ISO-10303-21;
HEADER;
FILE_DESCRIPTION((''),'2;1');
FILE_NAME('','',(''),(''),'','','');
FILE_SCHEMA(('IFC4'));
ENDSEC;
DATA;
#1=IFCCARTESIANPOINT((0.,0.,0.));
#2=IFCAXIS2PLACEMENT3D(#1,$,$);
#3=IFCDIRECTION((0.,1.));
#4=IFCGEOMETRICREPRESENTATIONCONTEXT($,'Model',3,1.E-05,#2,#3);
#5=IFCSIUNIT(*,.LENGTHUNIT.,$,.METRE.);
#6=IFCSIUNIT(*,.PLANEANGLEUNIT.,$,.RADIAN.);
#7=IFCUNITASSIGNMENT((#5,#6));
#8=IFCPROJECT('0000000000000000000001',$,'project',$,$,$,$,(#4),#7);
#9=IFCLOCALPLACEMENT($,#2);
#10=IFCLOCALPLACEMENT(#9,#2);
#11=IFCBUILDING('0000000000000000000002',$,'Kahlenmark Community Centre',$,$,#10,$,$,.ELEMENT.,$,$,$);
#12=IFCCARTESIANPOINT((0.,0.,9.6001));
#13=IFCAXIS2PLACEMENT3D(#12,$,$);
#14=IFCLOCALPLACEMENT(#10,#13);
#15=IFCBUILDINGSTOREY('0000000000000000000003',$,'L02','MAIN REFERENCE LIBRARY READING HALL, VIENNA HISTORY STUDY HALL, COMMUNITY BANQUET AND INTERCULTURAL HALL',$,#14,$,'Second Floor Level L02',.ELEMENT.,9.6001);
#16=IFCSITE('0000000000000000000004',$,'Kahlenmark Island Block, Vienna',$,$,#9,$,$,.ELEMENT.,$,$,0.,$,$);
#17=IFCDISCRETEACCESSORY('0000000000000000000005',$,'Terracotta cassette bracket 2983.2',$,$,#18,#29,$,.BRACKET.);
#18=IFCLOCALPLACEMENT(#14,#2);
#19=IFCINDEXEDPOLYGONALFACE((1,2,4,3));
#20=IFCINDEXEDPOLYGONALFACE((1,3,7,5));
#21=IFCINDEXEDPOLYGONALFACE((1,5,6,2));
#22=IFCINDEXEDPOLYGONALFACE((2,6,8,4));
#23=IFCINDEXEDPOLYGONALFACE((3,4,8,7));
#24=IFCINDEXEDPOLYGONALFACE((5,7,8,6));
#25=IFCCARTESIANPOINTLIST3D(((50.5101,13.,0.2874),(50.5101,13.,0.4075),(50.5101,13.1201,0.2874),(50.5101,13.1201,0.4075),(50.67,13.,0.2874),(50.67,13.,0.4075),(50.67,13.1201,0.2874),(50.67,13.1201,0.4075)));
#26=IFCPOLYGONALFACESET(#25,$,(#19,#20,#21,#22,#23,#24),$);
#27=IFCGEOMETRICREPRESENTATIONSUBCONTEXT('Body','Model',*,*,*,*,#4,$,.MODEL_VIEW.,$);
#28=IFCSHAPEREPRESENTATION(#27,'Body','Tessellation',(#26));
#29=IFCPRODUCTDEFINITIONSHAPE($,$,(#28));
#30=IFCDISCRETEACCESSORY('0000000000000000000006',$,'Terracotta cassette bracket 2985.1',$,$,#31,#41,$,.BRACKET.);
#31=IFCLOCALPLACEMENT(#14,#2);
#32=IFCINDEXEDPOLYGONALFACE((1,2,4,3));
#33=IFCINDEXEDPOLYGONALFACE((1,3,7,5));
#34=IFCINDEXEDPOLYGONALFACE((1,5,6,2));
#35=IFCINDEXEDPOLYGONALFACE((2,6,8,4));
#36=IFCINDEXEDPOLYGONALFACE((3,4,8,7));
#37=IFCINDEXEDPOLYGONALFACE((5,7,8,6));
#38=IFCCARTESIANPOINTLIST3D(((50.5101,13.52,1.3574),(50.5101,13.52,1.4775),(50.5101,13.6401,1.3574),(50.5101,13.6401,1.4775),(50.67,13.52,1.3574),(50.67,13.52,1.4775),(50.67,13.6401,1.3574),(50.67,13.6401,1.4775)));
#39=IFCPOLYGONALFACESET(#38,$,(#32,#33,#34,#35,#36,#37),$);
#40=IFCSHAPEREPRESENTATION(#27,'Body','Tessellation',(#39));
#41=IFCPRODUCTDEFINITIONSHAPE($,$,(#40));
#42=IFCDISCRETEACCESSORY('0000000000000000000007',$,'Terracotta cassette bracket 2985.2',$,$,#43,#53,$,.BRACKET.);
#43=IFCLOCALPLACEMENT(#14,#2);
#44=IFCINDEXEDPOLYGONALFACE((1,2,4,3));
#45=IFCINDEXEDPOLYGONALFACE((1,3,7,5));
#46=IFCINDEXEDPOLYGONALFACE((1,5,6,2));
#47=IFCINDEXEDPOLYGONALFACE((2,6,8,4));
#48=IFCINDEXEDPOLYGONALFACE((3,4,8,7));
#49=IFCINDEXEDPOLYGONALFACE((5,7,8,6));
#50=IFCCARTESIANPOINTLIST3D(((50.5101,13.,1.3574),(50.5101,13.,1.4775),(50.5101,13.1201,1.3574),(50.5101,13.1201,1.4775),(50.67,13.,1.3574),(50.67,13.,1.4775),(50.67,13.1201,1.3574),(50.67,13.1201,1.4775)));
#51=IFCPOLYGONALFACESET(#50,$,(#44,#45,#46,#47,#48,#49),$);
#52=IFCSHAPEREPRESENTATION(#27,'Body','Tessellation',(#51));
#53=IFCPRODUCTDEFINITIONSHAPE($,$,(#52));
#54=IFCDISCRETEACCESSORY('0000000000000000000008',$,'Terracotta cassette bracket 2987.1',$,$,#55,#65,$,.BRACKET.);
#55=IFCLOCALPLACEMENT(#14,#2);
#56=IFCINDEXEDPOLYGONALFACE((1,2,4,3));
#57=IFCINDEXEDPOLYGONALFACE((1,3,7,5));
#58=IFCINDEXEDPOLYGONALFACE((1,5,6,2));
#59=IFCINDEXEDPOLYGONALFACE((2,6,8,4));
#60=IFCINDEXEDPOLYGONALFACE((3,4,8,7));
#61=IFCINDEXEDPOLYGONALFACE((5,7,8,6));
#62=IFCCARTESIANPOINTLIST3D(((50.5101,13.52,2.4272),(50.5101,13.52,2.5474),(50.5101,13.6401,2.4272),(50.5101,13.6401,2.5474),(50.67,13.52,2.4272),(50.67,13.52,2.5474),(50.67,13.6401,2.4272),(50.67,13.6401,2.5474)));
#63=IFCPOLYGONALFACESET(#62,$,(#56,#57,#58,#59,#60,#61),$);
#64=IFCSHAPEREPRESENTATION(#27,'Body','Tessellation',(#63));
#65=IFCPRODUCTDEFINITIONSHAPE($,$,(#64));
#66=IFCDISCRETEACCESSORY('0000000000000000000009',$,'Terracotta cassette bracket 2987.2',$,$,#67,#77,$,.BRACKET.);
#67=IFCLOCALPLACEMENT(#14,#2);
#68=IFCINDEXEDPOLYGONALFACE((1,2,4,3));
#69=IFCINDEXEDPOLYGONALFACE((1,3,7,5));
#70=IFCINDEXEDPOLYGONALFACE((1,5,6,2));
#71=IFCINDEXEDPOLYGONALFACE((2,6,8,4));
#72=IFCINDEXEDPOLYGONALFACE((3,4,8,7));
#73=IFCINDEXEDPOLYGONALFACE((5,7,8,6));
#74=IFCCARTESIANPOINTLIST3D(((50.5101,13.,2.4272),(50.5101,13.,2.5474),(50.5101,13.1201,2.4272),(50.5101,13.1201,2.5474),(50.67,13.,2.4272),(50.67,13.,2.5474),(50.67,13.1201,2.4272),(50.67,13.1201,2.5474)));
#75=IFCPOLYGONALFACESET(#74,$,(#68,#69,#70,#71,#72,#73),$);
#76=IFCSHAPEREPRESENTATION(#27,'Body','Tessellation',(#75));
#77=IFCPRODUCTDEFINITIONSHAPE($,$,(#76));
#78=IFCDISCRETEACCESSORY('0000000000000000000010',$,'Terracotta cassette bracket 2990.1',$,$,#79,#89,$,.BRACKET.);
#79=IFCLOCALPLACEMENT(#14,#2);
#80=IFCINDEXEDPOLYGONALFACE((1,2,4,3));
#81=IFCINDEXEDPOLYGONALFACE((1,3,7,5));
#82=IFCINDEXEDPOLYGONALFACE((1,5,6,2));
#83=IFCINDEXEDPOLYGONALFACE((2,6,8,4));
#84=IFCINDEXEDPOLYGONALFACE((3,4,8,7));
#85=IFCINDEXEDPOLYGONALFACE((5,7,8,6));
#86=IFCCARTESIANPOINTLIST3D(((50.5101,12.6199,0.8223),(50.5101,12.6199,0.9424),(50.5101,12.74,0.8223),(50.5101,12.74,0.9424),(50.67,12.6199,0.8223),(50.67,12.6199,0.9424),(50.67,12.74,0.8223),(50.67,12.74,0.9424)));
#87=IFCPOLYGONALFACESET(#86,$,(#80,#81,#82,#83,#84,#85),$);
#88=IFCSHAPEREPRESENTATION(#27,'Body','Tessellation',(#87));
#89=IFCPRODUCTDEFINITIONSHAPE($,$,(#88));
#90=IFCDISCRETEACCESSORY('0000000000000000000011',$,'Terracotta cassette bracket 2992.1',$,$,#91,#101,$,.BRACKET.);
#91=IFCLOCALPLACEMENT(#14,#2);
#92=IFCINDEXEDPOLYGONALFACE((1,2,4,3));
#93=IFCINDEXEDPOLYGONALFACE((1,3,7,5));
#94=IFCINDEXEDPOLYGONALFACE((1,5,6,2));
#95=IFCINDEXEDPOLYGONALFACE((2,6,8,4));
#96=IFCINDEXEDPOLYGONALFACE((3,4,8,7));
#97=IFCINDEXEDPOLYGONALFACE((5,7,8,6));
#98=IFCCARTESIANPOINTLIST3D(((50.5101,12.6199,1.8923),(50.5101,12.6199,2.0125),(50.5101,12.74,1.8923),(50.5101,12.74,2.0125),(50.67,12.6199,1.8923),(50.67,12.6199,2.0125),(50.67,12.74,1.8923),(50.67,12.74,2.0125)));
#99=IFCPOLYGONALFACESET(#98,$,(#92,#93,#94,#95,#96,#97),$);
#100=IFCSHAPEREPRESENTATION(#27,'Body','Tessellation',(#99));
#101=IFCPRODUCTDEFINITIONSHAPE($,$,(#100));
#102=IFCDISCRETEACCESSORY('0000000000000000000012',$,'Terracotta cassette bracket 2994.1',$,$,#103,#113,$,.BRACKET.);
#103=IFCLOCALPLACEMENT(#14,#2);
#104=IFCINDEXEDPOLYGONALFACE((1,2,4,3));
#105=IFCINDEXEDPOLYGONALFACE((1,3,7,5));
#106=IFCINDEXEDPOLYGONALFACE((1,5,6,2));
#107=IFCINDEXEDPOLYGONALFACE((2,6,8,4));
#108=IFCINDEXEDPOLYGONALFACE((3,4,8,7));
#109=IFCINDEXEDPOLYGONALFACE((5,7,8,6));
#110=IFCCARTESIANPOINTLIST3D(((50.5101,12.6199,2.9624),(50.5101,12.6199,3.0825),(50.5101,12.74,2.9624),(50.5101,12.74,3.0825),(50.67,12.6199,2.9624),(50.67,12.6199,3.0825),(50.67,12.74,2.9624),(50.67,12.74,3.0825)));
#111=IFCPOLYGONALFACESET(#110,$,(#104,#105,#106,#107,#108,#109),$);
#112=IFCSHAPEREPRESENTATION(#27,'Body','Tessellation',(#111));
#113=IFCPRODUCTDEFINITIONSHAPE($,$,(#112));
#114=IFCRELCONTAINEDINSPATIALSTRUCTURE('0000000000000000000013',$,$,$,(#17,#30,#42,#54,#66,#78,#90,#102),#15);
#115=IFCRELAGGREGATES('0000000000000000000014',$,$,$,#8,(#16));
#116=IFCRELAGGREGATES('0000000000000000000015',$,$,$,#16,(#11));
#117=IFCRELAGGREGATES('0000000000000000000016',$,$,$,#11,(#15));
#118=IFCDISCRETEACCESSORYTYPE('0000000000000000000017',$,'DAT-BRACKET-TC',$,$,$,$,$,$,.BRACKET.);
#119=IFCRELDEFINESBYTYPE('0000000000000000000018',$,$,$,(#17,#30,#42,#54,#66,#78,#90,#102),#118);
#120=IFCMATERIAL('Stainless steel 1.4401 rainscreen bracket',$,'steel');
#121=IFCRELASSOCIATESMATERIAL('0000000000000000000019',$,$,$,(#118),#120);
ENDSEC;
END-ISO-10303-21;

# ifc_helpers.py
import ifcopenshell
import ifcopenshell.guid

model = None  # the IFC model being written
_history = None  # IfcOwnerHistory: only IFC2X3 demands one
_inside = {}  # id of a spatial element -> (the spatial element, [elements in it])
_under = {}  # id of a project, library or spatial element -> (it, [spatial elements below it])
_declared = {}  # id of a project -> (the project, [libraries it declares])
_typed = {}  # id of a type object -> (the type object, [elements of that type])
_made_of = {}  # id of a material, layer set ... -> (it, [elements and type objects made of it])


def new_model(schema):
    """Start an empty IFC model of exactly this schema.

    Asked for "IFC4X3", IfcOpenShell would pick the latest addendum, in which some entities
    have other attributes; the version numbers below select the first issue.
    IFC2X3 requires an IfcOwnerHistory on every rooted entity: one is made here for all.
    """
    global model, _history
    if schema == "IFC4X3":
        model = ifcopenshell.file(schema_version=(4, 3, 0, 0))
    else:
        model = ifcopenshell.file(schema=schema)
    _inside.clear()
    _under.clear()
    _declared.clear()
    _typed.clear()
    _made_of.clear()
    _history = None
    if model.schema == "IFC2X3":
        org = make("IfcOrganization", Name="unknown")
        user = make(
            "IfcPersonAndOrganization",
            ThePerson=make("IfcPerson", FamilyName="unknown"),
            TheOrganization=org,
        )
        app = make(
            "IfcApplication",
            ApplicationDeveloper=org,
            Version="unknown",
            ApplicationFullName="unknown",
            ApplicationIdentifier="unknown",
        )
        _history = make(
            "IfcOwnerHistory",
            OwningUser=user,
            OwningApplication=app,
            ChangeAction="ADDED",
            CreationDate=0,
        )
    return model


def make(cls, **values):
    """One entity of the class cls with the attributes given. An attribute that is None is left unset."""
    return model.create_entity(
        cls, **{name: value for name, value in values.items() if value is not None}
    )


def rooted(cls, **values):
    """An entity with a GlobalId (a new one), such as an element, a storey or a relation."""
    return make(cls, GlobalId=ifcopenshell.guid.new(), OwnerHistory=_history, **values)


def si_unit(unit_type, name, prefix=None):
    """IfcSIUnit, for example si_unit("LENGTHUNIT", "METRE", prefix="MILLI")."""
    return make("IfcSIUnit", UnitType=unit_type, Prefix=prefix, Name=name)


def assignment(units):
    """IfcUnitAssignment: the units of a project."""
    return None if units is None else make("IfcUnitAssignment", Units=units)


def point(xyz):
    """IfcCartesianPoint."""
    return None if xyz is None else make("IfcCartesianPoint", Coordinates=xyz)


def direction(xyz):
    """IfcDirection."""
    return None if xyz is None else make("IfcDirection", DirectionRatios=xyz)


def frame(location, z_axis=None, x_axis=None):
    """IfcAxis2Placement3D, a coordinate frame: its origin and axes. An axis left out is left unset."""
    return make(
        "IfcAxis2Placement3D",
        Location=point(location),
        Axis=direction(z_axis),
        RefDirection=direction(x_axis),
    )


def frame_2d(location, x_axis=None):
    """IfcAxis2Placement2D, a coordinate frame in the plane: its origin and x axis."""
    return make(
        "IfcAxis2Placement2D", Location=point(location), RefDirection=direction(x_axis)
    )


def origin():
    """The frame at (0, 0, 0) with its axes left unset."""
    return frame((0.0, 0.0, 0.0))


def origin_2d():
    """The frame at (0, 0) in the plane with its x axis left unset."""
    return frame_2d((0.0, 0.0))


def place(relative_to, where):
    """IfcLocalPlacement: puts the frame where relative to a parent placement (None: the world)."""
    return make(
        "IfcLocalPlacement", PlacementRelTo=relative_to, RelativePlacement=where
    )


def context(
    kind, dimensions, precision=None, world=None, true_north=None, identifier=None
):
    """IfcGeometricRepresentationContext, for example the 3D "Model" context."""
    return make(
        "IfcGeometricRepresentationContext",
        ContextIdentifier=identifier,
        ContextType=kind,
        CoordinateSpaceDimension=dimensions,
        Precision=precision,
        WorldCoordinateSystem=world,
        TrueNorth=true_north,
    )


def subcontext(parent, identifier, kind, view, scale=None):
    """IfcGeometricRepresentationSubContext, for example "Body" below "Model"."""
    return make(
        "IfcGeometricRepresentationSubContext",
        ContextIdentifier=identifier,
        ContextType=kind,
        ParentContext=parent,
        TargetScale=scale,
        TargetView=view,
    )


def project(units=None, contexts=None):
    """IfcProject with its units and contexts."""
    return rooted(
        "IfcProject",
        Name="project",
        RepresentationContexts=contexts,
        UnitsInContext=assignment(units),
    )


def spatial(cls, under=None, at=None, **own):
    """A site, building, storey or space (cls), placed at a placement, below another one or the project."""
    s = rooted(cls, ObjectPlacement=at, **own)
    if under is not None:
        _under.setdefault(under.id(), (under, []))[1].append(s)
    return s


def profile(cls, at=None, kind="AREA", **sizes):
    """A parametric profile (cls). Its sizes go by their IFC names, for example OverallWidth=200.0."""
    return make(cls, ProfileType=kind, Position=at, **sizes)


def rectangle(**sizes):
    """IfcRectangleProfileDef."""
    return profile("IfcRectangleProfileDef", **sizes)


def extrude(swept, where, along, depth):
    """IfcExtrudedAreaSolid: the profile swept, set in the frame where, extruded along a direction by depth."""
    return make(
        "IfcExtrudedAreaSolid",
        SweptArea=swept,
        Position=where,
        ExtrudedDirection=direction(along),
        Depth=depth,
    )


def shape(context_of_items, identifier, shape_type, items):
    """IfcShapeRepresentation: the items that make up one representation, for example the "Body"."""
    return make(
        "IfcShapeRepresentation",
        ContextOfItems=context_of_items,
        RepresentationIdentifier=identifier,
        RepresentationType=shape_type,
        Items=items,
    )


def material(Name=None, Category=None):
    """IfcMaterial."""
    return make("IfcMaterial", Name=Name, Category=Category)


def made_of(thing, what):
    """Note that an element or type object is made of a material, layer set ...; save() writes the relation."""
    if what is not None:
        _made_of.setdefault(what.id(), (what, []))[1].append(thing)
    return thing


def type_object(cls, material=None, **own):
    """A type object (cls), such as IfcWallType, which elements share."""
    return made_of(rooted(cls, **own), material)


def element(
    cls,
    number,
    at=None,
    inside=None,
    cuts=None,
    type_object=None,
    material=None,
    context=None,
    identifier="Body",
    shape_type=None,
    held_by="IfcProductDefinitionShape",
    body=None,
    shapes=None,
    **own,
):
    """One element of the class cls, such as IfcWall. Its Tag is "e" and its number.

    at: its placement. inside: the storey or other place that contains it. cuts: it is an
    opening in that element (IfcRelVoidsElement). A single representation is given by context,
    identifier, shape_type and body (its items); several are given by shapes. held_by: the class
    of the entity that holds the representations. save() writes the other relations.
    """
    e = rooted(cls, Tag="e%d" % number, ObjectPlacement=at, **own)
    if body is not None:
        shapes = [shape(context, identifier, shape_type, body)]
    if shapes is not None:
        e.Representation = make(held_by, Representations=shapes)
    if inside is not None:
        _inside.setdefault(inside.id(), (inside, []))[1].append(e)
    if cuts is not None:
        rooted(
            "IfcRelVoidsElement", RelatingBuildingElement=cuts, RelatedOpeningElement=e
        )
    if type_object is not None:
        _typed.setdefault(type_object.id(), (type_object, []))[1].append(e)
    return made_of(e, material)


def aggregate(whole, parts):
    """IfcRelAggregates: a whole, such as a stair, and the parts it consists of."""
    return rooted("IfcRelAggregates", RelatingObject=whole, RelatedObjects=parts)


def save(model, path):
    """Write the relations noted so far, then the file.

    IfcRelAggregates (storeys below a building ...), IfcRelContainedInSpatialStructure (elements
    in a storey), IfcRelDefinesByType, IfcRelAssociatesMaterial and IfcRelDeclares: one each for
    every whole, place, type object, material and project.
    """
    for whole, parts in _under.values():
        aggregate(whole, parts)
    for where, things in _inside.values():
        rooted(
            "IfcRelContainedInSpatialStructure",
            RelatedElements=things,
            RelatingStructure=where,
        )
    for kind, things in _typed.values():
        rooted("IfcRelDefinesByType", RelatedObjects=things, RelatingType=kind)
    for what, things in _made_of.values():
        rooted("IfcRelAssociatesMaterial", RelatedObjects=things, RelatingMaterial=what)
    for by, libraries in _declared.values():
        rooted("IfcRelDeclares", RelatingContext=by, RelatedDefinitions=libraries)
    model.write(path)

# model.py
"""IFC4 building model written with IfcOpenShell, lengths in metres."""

from ifc_helpers import new_model, si_unit, direction, frame, origin, origin_2d, place, context, subcontext, project, spatial, rectangle, extrude, material, type_object, element, save


model = new_model("IFC4")

# Units and contexts
model_context = context("Model", 3, precision=1e-05, world=origin(), true_north=direction((0.0, 1.0)))
body_context = subcontext(model_context, "Body", "Model", "MODEL_VIEW")
ifc_project = project(units=[si_unit("LENGTHUNIT", "METRE"), si_unit("PLANEANGLEUNIT", "RADIAN")], contexts=[model_context])

# Site, building, storey
site_placement = place(None, origin())
site = spatial("IfcSite", under=ifc_project, at=site_placement, Name="Kahlenmark Island Block, Vienna", CompositionType="ELEMENT", RefElevation=0.0)
building_placement = place(site_placement, origin())
building = spatial("IfcBuilding", under=site, at=building_placement, Name="Kahlenmark Community Centre", CompositionType="ELEMENT")
storey_placement = place(building_placement, frame((0.0, 0.0, 9.6001)))
storey = spatial("IfcBuildingStorey", under=building, at=storey_placement, Name="L02", Description="MAIN REFERENCE LIBRARY READING HALL, VIENNA HISTORY STUDY HALL, COMMUNITY BANQUET AND INTERCULTURAL HALL", LongName="Second Floor Level L02", CompositionType="ELEMENT", Elevation=9.6001)

# Discrete accessories
ifc_material_1 = material(Name="Stainless steel 1.4401 rainscreen bracket", Category="steel")
discrete_accessory_type = type_object("IfcDiscreteAccessoryType", Name="DAT-BRACKET-TC", PredefinedType="BRACKET", material=ifc_material_1)
for number, where, z_axis, x_axis, name in (
    (1, (50.5901, 13.0601, 0.2874), (0.0, 0.0, 1.0), (0.0, -1.0, 0.0), "Terracotta cassette bracket 2983.2"),
    (2, (50.5901, 13.5801, 1.3574), (0.0, 0.0, 1.0), (0.0, -1.0, 0.0), "Terracotta cassette bracket 2985.1"),
    (3, (50.5901, 13.0601, 1.3574), (0.0, 0.0, 1.0), (0.0, -1.0, 0.0), "Terracotta cassette bracket 2985.2"),
    (4, (50.5901, 13.5801, 2.4272), (0.0, 0.0, 1.0), (0.0, -1.0, 0.0), "Terracotta cassette bracket 2987.1"),
    (5, (50.5901, 13.0601, 2.4272), (0.0, 0.0, 1.0), (0.0, -1.0, 0.0), "Terracotta cassette bracket 2987.2"),
    (6, (50.5901, 12.6799, 0.8223), (0.0, 0.0, 1.0), (0.0, -1.0, 0.0), "Terracotta cassette bracket 2990.1"),
    (7, (50.5901, 12.6799, 1.8923), (0.0, 0.0, 1.0), (0.0, -1.0, 0.0), "Terracotta cassette bracket 2992.1"),
    (8, (50.5901, 12.6799, 2.9624), (0.0, 0.0, 1.0), (0.0, -1.0, 0.0), "Terracotta cassette bracket 2994.1"),
):
    element("IfcDiscreteAccessory", number, at=place(storey_placement, frame(where, z_axis=z_axis, x_axis=x_axis)), inside=storey, type_object=discrete_accessory_type, Name=name, PredefinedType="BRACKET", context=body_context, shape_type="SweptSolid", body=[
        extrude(rectangle(XDim=0.1201, YDim=0.1599, at=origin_2d()), origin(), (0.0, 0.0, 1.0), 0.1201),
    ])

save(model, "model.ifc")
